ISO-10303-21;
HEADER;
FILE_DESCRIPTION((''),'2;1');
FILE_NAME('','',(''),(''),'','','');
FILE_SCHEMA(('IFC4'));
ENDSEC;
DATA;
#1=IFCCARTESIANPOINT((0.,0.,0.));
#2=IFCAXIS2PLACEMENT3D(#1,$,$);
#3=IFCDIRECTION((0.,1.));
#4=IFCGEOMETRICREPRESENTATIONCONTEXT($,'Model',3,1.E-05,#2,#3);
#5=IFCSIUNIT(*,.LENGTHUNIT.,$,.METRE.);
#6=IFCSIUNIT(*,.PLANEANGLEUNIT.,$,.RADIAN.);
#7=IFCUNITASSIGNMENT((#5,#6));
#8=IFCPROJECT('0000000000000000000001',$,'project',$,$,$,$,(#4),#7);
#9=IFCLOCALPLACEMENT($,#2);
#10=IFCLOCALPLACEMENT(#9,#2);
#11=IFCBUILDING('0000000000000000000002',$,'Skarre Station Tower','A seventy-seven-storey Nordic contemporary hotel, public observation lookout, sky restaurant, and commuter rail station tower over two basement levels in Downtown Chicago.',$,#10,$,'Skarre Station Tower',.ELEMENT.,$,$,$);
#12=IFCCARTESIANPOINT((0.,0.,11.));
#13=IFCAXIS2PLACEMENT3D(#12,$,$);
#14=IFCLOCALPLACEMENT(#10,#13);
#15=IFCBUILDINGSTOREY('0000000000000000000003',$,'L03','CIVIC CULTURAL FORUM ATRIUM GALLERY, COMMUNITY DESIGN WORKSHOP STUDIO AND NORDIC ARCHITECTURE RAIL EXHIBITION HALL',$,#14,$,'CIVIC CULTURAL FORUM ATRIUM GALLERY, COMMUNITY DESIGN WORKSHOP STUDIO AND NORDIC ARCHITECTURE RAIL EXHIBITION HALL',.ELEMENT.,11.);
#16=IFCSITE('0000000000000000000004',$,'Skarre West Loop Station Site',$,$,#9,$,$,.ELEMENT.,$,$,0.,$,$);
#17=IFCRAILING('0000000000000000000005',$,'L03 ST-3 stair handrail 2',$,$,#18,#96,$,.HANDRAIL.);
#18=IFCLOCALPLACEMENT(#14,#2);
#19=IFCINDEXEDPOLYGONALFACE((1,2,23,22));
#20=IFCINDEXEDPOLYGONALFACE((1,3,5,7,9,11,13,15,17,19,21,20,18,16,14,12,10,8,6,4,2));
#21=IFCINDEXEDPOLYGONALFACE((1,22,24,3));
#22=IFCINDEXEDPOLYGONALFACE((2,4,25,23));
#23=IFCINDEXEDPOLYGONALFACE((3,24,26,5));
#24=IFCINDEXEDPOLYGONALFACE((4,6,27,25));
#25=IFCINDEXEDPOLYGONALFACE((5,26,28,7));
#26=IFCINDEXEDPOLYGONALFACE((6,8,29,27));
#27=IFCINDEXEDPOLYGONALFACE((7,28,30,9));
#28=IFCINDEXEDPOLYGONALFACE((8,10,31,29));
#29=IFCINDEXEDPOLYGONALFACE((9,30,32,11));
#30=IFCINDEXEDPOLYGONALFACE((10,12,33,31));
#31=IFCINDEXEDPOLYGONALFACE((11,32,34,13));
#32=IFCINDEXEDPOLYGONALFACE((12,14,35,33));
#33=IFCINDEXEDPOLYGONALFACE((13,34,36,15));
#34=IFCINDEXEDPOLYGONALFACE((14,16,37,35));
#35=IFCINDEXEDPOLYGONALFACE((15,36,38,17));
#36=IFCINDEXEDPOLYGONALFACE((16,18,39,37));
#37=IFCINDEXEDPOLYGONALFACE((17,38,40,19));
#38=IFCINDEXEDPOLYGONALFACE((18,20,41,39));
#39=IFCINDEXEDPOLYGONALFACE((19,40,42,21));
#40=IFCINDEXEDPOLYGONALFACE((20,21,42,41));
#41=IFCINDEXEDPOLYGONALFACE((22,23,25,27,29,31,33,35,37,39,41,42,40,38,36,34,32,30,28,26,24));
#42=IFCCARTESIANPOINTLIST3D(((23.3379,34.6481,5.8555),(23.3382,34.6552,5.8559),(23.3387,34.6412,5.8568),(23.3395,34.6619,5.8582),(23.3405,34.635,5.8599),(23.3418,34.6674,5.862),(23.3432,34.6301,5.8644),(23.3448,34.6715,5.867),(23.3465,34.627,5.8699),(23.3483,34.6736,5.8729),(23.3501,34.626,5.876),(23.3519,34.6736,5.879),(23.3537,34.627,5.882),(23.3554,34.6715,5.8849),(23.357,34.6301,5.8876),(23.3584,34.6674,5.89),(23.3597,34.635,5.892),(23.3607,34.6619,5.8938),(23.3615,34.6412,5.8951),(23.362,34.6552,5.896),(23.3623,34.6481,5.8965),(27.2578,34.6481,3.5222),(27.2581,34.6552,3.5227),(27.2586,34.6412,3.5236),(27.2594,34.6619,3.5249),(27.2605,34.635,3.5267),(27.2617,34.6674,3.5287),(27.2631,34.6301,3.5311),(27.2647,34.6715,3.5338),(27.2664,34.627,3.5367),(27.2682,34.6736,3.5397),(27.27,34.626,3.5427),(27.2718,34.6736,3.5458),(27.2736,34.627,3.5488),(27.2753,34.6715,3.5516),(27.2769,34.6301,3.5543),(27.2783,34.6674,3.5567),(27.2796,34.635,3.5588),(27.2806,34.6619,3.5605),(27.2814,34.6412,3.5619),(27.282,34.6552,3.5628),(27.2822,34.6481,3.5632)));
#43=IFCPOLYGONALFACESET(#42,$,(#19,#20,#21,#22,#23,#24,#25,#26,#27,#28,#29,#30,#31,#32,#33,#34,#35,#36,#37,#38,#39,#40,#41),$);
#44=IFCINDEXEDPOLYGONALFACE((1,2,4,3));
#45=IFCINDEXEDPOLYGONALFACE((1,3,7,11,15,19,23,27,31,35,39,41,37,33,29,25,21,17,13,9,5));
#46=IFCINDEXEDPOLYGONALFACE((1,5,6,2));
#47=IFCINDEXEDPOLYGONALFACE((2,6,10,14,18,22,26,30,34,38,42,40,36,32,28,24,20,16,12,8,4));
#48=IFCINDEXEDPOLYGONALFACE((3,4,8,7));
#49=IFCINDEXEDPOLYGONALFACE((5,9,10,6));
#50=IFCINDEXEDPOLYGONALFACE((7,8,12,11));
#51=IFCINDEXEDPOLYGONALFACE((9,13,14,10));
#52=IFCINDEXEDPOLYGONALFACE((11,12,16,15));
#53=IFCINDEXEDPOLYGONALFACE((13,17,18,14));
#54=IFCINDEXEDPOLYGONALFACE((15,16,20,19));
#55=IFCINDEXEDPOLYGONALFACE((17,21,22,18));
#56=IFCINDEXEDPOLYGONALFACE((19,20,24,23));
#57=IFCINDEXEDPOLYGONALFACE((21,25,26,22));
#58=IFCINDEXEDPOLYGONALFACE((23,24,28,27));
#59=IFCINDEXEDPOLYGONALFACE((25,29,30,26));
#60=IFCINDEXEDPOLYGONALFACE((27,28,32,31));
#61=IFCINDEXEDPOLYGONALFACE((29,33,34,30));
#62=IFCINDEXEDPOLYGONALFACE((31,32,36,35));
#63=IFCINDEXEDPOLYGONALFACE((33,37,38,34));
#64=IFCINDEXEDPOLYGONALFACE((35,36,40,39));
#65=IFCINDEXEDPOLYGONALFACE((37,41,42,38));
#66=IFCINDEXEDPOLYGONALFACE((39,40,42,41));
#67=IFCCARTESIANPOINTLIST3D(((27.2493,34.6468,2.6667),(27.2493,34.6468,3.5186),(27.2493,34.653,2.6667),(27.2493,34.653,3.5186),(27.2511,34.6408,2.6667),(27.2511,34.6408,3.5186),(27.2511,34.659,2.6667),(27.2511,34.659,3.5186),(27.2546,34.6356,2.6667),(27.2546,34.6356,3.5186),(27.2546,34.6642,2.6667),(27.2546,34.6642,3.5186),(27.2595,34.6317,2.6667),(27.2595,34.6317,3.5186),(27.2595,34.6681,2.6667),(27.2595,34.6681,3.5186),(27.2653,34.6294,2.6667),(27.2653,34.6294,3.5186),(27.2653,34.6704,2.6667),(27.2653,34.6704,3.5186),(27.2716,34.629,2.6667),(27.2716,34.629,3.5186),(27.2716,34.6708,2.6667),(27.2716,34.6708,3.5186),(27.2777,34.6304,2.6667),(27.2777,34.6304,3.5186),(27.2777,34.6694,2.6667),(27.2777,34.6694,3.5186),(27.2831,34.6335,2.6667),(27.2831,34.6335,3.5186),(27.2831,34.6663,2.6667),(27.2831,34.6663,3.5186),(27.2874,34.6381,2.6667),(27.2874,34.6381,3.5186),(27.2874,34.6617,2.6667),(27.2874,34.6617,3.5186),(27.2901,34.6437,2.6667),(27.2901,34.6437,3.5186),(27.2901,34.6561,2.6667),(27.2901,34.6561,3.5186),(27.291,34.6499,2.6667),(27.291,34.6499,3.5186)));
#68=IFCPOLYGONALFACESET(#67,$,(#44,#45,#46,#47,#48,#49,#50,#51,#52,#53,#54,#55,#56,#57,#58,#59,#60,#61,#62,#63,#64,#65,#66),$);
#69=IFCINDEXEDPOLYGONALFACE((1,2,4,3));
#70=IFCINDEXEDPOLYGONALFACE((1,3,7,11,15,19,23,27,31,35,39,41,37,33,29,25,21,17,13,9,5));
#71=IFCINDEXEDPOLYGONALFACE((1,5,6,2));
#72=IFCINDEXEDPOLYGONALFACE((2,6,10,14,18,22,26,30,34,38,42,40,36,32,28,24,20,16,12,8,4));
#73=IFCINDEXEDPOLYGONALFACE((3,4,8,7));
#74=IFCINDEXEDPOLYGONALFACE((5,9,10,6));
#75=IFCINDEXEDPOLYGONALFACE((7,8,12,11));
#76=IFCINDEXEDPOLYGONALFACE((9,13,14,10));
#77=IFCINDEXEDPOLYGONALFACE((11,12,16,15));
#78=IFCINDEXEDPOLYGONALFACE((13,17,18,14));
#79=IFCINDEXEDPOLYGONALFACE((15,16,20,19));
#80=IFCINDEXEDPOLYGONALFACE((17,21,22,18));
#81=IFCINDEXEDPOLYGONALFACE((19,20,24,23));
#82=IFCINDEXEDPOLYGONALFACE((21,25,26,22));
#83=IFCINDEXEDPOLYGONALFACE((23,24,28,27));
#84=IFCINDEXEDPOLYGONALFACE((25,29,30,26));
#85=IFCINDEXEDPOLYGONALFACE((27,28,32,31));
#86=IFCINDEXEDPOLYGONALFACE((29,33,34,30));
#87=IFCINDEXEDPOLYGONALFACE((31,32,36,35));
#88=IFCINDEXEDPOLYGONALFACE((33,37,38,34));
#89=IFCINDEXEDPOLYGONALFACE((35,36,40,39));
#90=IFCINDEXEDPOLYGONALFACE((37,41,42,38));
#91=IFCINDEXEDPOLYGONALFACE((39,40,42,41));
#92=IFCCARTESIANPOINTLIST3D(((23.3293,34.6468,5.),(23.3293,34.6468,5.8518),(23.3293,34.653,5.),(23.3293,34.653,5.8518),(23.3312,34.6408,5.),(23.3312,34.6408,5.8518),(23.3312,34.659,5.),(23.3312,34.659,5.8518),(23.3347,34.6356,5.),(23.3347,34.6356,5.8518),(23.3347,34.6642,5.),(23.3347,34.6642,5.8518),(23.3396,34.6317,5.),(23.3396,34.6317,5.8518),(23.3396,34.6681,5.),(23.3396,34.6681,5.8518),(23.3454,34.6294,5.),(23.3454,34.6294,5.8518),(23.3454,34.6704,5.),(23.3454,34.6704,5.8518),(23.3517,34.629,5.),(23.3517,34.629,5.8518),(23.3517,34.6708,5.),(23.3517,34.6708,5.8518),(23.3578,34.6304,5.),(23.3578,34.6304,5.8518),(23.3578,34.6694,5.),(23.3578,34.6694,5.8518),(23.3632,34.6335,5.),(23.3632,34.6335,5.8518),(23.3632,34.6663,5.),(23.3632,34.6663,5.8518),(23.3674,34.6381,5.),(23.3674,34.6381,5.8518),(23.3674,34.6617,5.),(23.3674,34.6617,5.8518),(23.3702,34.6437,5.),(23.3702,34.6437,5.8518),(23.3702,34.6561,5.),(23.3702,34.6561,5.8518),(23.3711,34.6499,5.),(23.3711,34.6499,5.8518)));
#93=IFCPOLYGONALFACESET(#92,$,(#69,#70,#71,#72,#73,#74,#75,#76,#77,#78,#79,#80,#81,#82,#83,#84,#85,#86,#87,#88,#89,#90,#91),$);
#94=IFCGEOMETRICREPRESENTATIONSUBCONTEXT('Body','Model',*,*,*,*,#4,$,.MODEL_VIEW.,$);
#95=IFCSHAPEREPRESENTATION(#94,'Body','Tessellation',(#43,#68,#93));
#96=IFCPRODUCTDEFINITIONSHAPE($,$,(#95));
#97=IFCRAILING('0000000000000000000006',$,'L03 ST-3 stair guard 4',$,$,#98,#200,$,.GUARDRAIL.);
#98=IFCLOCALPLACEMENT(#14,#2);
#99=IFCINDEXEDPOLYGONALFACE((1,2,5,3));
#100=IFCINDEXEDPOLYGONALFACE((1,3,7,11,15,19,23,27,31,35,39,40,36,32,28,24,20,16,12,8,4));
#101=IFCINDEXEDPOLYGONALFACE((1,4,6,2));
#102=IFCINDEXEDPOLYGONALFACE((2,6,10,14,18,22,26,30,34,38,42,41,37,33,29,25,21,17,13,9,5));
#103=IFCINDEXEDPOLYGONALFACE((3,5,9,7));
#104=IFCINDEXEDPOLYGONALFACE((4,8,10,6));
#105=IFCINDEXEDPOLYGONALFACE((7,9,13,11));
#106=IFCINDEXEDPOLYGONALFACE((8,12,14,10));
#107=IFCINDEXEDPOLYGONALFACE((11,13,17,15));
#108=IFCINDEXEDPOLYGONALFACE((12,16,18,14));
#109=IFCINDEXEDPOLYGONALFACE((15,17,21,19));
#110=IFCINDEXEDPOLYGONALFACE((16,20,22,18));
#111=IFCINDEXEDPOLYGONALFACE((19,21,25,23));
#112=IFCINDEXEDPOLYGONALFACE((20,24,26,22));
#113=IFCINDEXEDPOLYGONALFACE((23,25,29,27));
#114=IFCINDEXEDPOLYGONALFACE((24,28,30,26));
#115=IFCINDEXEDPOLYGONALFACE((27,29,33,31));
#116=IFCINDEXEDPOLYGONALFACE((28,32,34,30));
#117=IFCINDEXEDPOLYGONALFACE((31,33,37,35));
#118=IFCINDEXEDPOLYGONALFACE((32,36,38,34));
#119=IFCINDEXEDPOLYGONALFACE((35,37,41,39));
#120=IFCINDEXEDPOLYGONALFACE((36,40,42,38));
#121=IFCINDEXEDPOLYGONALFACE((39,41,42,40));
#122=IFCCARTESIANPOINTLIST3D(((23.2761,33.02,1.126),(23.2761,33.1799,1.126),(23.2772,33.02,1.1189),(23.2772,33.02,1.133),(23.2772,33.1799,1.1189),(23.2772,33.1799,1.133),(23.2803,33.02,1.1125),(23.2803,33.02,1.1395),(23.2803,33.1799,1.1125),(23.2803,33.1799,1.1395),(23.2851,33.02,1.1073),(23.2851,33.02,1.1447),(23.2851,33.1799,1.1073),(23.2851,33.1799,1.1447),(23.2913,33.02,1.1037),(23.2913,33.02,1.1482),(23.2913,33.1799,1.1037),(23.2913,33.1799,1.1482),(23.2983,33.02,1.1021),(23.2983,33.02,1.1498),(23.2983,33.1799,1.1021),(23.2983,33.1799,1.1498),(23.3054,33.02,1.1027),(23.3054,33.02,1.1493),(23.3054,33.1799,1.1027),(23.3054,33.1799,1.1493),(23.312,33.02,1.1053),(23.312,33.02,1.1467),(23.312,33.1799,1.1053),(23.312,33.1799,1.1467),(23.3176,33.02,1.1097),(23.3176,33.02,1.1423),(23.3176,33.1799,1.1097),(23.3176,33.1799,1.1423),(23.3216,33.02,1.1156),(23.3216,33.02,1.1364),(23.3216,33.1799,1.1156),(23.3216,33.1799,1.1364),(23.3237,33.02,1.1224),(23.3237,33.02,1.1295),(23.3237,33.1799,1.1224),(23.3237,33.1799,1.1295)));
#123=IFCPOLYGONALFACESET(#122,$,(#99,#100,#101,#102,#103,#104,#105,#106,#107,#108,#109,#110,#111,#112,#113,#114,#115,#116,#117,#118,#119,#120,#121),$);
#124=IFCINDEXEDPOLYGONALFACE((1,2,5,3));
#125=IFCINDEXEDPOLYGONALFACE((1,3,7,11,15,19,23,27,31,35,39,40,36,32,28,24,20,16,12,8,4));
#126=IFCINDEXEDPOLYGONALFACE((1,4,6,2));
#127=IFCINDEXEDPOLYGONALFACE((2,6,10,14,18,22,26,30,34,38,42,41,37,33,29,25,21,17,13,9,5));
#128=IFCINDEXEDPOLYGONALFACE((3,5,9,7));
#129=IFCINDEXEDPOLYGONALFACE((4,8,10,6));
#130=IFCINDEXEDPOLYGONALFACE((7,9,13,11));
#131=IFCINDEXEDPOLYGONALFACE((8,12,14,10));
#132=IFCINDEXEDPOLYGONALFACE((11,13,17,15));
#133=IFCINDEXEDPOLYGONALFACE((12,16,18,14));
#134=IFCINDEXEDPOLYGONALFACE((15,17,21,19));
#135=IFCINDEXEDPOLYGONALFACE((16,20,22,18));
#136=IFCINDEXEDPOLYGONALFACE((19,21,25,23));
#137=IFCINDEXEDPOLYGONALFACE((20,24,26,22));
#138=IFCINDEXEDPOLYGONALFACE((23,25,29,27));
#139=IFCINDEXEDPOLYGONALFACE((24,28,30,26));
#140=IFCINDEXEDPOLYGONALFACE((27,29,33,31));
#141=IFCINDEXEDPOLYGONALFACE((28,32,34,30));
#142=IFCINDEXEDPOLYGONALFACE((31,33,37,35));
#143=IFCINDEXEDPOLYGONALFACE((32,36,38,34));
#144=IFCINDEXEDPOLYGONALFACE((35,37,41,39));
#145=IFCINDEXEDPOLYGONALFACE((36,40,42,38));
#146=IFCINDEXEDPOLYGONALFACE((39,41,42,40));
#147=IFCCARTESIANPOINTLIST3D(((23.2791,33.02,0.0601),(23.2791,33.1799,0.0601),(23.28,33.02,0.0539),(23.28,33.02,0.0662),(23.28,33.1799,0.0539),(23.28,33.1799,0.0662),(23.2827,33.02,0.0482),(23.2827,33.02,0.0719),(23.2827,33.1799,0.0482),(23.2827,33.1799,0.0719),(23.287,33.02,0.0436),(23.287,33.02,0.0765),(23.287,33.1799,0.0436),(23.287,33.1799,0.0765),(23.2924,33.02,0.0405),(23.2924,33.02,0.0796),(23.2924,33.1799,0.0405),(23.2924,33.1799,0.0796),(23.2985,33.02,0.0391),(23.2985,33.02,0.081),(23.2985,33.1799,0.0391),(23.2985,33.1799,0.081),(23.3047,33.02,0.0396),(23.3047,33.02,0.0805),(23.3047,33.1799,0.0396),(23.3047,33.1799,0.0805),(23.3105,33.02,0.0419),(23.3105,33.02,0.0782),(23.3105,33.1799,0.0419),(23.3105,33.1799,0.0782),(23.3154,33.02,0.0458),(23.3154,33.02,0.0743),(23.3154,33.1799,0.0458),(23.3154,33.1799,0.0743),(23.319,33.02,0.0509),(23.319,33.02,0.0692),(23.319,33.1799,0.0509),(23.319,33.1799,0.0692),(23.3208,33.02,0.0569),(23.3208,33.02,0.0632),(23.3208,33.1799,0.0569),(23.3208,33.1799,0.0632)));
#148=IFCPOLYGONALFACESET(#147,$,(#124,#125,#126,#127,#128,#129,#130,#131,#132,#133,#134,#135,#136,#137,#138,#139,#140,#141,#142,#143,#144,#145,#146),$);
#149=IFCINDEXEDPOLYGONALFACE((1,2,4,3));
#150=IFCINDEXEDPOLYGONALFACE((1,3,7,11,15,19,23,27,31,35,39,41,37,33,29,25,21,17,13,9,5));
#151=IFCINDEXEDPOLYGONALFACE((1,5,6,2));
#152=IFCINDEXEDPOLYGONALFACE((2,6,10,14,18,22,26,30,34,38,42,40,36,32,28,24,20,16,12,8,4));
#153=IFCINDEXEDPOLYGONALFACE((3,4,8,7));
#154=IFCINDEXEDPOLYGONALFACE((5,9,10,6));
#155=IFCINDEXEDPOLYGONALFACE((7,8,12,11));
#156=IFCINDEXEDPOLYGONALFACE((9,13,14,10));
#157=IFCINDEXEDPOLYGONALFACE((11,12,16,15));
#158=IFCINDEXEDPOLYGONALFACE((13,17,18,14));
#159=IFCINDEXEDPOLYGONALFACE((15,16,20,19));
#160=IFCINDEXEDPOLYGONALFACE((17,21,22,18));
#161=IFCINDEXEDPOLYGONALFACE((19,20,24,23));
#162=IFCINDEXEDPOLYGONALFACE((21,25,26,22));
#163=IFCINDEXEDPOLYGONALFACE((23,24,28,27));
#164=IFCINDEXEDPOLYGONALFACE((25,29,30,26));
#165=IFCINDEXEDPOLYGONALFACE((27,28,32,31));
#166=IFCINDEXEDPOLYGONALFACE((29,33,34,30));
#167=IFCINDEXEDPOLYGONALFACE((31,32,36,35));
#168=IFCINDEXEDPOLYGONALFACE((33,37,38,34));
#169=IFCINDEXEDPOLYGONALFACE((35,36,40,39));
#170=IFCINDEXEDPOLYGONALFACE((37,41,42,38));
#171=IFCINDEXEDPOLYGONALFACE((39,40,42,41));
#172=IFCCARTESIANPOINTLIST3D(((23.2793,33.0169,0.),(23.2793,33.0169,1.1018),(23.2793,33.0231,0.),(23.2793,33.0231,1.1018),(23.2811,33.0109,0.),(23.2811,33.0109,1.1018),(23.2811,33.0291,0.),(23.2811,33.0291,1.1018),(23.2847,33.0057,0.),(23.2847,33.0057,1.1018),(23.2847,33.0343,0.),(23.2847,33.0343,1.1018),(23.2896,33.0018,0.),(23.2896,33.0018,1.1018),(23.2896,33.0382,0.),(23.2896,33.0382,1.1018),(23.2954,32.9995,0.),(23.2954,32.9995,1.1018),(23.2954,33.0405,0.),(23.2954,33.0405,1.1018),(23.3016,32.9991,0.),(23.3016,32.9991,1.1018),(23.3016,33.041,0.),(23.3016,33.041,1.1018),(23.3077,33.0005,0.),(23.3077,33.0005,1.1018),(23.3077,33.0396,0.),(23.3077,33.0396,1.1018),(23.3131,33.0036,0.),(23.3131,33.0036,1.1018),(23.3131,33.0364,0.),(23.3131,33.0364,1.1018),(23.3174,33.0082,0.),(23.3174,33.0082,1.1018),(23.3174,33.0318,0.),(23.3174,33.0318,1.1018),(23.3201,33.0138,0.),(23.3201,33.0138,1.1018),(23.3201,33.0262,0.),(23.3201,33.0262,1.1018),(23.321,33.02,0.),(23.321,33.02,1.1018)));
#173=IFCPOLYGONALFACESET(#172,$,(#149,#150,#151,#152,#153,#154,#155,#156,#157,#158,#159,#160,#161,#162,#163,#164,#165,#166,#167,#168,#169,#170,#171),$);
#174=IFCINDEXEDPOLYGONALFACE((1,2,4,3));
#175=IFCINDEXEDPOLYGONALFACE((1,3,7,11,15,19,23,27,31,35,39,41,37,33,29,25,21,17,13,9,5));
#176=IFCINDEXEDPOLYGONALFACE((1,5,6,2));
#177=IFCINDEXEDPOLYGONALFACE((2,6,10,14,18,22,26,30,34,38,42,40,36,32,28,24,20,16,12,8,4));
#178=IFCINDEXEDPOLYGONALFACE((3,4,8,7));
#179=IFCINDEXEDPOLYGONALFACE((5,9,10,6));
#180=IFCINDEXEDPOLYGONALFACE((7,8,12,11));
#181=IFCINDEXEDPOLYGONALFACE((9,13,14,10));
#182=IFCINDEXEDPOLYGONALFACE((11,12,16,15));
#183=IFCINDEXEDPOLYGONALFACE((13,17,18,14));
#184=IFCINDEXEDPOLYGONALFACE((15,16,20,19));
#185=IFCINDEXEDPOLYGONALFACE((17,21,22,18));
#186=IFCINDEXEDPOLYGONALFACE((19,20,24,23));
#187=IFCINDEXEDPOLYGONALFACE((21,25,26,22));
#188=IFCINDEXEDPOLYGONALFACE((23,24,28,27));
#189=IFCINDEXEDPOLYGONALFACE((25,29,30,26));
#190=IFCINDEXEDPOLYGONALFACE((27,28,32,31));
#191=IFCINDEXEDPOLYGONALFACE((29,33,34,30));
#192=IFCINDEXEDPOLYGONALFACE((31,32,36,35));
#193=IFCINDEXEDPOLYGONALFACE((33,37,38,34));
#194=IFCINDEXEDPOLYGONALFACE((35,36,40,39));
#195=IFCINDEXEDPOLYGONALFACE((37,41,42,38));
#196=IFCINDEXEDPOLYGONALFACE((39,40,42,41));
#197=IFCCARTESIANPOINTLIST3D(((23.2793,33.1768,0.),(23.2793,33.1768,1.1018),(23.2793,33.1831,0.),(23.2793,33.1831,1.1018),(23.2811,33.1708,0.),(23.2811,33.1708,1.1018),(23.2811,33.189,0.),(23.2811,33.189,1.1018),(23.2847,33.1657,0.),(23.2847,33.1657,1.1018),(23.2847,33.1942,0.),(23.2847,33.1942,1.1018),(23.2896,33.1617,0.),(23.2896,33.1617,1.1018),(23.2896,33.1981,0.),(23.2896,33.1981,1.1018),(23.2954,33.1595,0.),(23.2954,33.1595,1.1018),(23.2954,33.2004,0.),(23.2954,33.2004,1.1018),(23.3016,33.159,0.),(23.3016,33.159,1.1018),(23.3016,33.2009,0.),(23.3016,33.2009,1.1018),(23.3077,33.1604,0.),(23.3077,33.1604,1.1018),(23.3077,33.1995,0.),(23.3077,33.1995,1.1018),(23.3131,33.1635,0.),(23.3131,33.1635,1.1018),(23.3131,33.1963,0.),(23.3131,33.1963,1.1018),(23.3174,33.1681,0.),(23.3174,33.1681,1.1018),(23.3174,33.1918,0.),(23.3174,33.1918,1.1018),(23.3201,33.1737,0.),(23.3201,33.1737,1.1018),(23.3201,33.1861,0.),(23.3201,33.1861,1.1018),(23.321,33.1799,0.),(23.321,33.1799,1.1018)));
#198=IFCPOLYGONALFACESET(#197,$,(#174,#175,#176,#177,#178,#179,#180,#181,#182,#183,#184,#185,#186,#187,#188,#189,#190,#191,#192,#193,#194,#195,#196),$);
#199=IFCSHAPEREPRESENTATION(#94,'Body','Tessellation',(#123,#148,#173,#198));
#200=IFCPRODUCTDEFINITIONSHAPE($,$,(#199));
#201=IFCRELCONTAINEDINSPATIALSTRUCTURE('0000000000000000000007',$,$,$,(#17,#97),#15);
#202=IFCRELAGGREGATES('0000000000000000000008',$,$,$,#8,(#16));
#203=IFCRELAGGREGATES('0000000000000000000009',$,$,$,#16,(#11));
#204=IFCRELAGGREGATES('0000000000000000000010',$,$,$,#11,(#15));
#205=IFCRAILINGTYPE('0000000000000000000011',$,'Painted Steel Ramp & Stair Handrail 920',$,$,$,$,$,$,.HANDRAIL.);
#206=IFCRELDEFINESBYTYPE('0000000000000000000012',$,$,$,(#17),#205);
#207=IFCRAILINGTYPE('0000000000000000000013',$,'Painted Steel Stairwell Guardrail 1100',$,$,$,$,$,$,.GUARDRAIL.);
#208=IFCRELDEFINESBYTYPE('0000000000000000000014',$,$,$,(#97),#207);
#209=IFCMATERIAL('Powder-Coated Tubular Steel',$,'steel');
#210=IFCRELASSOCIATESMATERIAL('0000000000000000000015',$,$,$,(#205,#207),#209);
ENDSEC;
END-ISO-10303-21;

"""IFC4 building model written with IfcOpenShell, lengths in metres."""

from ifc_helpers import new_model, si_unit, direction, frame, origin, origin_2d, place, context, subcontext, project, spatial, circle, extrude, material, type_object, element, save


model = new_model("IFC4")

# Units and contexts
model_context = context("Model", 3, precision=1e-05, world=origin(), true_north=direction((0.0, 1.0)))
body_context = subcontext(model_context, "Body", "Model", "MODEL_VIEW")
ifc_project = project(units=[si_unit("LENGTHUNIT", "METRE"), si_unit("PLANEANGLEUNIT", "RADIAN")], contexts=[model_context])

# Site, building, storey
site_placement = place(None, origin())
site = spatial("IfcSite", under=ifc_project, at=site_placement, Name="Skarre West Loop Station Site", CompositionType="ELEMENT", RefElevation=0.0)
building_placement = place(site_placement, origin())
building = spatial("IfcBuilding", under=site, at=building_placement, Name="Skarre Station Tower", Description="A seventy-seven-storey Nordic contemporary hotel, public observation lookout, sky restaurant, and commuter rail station tower over two basement levels in Downtown Chicago.", LongName="Skarre Station Tower", CompositionType="ELEMENT")
storey_placement = place(building_placement, frame((0.0, 0.0, 11.0)))
storey = spatial("IfcBuildingStorey", under=building, at=storey_placement, Name="L03", Description="CIVIC CULTURAL FORUM ATRIUM GALLERY, COMMUNITY DESIGN WORKSHOP STUDIO AND NORDIC ARCHITECTURE RAIL EXHIBITION HALL", LongName="CIVIC CULTURAL FORUM ATRIUM GALLERY, COMMUNITY DESIGN WORKSHOP STUDIO AND NORDIC ARCHITECTURE RAIL EXHIBITION HALL", CompositionType="ELEMENT", Elevation=11.0)

# Railings
ifc_material_1 = material(Name="Powder-Coated Tubular Steel", Category="steel")
railing_type_1 = type_object("IfcRailingType", Name="Painted Steel Ramp & Stair Handrail 920", PredefinedType="HANDRAIL", material=ifc_material_1)
railing_1_placement = place(storey_placement, frame((27.27, 34.6499, 2.6667)))
element("IfcRailing", 1, at=railing_1_placement, inside=storey, type_object=railing_type_1, Name="L03 ST-3 stair handrail 2", PredefinedType="HANDRAIL", context=body_context, shape_type="SweptSolid", body=[
    extrude(circle(Radius=0.0239, at=origin_2d()), frame((0.0, 0.0, 0.876), z_axis=(-0.859296, 0.0, 0.511478), x_axis=(0.0, -1.0, 0.0)), (0.0, 0.0, 1.0), 4.5618),
    extrude(circle(Radius=0.021, at=origin_2d()), origin(), (0.0, 0.0, 1.0), 0.8518),
    extrude(circle(Radius=0.021, at=origin_2d()), frame((-3.9199, 0.0, 2.3333)), (0.0, 0.0, 1.0), 0.8518),
])
railing_type_2 = type_object("IfcRailingType", Name="Painted Steel Stairwell Guardrail 1100", PredefinedType="GUARDRAIL", material=ifc_material_1)
railing_2_placement = place(storey_placement, frame((23.3, 33.02, 0.0)))
element("IfcRailing", 2, at=railing_2_placement, inside=storey, type_object=railing_type_2, Name="L03 ST-3 stair guard 4", PredefinedType="GUARDRAIL", context=body_context, shape_type="SweptSolid", body=[
    extrude(circle(Radius=0.0239, at=origin_2d()), frame((0.0, 0.0, 1.126), z_axis=(0.0, 1.0, 0.0), x_axis=(-1.0, 0.0, 0.0)), (0.0, 0.0, 1.0), 0.1599),
    extrude(circle(Radius=0.021, at=origin_2d()), frame((0.0, 0.0, 0.0601), z_axis=(0.0, 1.0, 0.0), x_axis=(-1.0, 0.0, 0.0)), (0.0, 0.0, 1.0), 0.1599),
    extrude(circle(Radius=0.021, at=origin_2d()), origin(), (0.0, 0.0, 1.0), 1.1018),
    extrude(circle(Radius=0.021, at=origin_2d()), frame((0.0, 0.1599, 0.0)), (0.0, 0.0, 1.0), 1.1018),
])

save(model, "model.ifc")
